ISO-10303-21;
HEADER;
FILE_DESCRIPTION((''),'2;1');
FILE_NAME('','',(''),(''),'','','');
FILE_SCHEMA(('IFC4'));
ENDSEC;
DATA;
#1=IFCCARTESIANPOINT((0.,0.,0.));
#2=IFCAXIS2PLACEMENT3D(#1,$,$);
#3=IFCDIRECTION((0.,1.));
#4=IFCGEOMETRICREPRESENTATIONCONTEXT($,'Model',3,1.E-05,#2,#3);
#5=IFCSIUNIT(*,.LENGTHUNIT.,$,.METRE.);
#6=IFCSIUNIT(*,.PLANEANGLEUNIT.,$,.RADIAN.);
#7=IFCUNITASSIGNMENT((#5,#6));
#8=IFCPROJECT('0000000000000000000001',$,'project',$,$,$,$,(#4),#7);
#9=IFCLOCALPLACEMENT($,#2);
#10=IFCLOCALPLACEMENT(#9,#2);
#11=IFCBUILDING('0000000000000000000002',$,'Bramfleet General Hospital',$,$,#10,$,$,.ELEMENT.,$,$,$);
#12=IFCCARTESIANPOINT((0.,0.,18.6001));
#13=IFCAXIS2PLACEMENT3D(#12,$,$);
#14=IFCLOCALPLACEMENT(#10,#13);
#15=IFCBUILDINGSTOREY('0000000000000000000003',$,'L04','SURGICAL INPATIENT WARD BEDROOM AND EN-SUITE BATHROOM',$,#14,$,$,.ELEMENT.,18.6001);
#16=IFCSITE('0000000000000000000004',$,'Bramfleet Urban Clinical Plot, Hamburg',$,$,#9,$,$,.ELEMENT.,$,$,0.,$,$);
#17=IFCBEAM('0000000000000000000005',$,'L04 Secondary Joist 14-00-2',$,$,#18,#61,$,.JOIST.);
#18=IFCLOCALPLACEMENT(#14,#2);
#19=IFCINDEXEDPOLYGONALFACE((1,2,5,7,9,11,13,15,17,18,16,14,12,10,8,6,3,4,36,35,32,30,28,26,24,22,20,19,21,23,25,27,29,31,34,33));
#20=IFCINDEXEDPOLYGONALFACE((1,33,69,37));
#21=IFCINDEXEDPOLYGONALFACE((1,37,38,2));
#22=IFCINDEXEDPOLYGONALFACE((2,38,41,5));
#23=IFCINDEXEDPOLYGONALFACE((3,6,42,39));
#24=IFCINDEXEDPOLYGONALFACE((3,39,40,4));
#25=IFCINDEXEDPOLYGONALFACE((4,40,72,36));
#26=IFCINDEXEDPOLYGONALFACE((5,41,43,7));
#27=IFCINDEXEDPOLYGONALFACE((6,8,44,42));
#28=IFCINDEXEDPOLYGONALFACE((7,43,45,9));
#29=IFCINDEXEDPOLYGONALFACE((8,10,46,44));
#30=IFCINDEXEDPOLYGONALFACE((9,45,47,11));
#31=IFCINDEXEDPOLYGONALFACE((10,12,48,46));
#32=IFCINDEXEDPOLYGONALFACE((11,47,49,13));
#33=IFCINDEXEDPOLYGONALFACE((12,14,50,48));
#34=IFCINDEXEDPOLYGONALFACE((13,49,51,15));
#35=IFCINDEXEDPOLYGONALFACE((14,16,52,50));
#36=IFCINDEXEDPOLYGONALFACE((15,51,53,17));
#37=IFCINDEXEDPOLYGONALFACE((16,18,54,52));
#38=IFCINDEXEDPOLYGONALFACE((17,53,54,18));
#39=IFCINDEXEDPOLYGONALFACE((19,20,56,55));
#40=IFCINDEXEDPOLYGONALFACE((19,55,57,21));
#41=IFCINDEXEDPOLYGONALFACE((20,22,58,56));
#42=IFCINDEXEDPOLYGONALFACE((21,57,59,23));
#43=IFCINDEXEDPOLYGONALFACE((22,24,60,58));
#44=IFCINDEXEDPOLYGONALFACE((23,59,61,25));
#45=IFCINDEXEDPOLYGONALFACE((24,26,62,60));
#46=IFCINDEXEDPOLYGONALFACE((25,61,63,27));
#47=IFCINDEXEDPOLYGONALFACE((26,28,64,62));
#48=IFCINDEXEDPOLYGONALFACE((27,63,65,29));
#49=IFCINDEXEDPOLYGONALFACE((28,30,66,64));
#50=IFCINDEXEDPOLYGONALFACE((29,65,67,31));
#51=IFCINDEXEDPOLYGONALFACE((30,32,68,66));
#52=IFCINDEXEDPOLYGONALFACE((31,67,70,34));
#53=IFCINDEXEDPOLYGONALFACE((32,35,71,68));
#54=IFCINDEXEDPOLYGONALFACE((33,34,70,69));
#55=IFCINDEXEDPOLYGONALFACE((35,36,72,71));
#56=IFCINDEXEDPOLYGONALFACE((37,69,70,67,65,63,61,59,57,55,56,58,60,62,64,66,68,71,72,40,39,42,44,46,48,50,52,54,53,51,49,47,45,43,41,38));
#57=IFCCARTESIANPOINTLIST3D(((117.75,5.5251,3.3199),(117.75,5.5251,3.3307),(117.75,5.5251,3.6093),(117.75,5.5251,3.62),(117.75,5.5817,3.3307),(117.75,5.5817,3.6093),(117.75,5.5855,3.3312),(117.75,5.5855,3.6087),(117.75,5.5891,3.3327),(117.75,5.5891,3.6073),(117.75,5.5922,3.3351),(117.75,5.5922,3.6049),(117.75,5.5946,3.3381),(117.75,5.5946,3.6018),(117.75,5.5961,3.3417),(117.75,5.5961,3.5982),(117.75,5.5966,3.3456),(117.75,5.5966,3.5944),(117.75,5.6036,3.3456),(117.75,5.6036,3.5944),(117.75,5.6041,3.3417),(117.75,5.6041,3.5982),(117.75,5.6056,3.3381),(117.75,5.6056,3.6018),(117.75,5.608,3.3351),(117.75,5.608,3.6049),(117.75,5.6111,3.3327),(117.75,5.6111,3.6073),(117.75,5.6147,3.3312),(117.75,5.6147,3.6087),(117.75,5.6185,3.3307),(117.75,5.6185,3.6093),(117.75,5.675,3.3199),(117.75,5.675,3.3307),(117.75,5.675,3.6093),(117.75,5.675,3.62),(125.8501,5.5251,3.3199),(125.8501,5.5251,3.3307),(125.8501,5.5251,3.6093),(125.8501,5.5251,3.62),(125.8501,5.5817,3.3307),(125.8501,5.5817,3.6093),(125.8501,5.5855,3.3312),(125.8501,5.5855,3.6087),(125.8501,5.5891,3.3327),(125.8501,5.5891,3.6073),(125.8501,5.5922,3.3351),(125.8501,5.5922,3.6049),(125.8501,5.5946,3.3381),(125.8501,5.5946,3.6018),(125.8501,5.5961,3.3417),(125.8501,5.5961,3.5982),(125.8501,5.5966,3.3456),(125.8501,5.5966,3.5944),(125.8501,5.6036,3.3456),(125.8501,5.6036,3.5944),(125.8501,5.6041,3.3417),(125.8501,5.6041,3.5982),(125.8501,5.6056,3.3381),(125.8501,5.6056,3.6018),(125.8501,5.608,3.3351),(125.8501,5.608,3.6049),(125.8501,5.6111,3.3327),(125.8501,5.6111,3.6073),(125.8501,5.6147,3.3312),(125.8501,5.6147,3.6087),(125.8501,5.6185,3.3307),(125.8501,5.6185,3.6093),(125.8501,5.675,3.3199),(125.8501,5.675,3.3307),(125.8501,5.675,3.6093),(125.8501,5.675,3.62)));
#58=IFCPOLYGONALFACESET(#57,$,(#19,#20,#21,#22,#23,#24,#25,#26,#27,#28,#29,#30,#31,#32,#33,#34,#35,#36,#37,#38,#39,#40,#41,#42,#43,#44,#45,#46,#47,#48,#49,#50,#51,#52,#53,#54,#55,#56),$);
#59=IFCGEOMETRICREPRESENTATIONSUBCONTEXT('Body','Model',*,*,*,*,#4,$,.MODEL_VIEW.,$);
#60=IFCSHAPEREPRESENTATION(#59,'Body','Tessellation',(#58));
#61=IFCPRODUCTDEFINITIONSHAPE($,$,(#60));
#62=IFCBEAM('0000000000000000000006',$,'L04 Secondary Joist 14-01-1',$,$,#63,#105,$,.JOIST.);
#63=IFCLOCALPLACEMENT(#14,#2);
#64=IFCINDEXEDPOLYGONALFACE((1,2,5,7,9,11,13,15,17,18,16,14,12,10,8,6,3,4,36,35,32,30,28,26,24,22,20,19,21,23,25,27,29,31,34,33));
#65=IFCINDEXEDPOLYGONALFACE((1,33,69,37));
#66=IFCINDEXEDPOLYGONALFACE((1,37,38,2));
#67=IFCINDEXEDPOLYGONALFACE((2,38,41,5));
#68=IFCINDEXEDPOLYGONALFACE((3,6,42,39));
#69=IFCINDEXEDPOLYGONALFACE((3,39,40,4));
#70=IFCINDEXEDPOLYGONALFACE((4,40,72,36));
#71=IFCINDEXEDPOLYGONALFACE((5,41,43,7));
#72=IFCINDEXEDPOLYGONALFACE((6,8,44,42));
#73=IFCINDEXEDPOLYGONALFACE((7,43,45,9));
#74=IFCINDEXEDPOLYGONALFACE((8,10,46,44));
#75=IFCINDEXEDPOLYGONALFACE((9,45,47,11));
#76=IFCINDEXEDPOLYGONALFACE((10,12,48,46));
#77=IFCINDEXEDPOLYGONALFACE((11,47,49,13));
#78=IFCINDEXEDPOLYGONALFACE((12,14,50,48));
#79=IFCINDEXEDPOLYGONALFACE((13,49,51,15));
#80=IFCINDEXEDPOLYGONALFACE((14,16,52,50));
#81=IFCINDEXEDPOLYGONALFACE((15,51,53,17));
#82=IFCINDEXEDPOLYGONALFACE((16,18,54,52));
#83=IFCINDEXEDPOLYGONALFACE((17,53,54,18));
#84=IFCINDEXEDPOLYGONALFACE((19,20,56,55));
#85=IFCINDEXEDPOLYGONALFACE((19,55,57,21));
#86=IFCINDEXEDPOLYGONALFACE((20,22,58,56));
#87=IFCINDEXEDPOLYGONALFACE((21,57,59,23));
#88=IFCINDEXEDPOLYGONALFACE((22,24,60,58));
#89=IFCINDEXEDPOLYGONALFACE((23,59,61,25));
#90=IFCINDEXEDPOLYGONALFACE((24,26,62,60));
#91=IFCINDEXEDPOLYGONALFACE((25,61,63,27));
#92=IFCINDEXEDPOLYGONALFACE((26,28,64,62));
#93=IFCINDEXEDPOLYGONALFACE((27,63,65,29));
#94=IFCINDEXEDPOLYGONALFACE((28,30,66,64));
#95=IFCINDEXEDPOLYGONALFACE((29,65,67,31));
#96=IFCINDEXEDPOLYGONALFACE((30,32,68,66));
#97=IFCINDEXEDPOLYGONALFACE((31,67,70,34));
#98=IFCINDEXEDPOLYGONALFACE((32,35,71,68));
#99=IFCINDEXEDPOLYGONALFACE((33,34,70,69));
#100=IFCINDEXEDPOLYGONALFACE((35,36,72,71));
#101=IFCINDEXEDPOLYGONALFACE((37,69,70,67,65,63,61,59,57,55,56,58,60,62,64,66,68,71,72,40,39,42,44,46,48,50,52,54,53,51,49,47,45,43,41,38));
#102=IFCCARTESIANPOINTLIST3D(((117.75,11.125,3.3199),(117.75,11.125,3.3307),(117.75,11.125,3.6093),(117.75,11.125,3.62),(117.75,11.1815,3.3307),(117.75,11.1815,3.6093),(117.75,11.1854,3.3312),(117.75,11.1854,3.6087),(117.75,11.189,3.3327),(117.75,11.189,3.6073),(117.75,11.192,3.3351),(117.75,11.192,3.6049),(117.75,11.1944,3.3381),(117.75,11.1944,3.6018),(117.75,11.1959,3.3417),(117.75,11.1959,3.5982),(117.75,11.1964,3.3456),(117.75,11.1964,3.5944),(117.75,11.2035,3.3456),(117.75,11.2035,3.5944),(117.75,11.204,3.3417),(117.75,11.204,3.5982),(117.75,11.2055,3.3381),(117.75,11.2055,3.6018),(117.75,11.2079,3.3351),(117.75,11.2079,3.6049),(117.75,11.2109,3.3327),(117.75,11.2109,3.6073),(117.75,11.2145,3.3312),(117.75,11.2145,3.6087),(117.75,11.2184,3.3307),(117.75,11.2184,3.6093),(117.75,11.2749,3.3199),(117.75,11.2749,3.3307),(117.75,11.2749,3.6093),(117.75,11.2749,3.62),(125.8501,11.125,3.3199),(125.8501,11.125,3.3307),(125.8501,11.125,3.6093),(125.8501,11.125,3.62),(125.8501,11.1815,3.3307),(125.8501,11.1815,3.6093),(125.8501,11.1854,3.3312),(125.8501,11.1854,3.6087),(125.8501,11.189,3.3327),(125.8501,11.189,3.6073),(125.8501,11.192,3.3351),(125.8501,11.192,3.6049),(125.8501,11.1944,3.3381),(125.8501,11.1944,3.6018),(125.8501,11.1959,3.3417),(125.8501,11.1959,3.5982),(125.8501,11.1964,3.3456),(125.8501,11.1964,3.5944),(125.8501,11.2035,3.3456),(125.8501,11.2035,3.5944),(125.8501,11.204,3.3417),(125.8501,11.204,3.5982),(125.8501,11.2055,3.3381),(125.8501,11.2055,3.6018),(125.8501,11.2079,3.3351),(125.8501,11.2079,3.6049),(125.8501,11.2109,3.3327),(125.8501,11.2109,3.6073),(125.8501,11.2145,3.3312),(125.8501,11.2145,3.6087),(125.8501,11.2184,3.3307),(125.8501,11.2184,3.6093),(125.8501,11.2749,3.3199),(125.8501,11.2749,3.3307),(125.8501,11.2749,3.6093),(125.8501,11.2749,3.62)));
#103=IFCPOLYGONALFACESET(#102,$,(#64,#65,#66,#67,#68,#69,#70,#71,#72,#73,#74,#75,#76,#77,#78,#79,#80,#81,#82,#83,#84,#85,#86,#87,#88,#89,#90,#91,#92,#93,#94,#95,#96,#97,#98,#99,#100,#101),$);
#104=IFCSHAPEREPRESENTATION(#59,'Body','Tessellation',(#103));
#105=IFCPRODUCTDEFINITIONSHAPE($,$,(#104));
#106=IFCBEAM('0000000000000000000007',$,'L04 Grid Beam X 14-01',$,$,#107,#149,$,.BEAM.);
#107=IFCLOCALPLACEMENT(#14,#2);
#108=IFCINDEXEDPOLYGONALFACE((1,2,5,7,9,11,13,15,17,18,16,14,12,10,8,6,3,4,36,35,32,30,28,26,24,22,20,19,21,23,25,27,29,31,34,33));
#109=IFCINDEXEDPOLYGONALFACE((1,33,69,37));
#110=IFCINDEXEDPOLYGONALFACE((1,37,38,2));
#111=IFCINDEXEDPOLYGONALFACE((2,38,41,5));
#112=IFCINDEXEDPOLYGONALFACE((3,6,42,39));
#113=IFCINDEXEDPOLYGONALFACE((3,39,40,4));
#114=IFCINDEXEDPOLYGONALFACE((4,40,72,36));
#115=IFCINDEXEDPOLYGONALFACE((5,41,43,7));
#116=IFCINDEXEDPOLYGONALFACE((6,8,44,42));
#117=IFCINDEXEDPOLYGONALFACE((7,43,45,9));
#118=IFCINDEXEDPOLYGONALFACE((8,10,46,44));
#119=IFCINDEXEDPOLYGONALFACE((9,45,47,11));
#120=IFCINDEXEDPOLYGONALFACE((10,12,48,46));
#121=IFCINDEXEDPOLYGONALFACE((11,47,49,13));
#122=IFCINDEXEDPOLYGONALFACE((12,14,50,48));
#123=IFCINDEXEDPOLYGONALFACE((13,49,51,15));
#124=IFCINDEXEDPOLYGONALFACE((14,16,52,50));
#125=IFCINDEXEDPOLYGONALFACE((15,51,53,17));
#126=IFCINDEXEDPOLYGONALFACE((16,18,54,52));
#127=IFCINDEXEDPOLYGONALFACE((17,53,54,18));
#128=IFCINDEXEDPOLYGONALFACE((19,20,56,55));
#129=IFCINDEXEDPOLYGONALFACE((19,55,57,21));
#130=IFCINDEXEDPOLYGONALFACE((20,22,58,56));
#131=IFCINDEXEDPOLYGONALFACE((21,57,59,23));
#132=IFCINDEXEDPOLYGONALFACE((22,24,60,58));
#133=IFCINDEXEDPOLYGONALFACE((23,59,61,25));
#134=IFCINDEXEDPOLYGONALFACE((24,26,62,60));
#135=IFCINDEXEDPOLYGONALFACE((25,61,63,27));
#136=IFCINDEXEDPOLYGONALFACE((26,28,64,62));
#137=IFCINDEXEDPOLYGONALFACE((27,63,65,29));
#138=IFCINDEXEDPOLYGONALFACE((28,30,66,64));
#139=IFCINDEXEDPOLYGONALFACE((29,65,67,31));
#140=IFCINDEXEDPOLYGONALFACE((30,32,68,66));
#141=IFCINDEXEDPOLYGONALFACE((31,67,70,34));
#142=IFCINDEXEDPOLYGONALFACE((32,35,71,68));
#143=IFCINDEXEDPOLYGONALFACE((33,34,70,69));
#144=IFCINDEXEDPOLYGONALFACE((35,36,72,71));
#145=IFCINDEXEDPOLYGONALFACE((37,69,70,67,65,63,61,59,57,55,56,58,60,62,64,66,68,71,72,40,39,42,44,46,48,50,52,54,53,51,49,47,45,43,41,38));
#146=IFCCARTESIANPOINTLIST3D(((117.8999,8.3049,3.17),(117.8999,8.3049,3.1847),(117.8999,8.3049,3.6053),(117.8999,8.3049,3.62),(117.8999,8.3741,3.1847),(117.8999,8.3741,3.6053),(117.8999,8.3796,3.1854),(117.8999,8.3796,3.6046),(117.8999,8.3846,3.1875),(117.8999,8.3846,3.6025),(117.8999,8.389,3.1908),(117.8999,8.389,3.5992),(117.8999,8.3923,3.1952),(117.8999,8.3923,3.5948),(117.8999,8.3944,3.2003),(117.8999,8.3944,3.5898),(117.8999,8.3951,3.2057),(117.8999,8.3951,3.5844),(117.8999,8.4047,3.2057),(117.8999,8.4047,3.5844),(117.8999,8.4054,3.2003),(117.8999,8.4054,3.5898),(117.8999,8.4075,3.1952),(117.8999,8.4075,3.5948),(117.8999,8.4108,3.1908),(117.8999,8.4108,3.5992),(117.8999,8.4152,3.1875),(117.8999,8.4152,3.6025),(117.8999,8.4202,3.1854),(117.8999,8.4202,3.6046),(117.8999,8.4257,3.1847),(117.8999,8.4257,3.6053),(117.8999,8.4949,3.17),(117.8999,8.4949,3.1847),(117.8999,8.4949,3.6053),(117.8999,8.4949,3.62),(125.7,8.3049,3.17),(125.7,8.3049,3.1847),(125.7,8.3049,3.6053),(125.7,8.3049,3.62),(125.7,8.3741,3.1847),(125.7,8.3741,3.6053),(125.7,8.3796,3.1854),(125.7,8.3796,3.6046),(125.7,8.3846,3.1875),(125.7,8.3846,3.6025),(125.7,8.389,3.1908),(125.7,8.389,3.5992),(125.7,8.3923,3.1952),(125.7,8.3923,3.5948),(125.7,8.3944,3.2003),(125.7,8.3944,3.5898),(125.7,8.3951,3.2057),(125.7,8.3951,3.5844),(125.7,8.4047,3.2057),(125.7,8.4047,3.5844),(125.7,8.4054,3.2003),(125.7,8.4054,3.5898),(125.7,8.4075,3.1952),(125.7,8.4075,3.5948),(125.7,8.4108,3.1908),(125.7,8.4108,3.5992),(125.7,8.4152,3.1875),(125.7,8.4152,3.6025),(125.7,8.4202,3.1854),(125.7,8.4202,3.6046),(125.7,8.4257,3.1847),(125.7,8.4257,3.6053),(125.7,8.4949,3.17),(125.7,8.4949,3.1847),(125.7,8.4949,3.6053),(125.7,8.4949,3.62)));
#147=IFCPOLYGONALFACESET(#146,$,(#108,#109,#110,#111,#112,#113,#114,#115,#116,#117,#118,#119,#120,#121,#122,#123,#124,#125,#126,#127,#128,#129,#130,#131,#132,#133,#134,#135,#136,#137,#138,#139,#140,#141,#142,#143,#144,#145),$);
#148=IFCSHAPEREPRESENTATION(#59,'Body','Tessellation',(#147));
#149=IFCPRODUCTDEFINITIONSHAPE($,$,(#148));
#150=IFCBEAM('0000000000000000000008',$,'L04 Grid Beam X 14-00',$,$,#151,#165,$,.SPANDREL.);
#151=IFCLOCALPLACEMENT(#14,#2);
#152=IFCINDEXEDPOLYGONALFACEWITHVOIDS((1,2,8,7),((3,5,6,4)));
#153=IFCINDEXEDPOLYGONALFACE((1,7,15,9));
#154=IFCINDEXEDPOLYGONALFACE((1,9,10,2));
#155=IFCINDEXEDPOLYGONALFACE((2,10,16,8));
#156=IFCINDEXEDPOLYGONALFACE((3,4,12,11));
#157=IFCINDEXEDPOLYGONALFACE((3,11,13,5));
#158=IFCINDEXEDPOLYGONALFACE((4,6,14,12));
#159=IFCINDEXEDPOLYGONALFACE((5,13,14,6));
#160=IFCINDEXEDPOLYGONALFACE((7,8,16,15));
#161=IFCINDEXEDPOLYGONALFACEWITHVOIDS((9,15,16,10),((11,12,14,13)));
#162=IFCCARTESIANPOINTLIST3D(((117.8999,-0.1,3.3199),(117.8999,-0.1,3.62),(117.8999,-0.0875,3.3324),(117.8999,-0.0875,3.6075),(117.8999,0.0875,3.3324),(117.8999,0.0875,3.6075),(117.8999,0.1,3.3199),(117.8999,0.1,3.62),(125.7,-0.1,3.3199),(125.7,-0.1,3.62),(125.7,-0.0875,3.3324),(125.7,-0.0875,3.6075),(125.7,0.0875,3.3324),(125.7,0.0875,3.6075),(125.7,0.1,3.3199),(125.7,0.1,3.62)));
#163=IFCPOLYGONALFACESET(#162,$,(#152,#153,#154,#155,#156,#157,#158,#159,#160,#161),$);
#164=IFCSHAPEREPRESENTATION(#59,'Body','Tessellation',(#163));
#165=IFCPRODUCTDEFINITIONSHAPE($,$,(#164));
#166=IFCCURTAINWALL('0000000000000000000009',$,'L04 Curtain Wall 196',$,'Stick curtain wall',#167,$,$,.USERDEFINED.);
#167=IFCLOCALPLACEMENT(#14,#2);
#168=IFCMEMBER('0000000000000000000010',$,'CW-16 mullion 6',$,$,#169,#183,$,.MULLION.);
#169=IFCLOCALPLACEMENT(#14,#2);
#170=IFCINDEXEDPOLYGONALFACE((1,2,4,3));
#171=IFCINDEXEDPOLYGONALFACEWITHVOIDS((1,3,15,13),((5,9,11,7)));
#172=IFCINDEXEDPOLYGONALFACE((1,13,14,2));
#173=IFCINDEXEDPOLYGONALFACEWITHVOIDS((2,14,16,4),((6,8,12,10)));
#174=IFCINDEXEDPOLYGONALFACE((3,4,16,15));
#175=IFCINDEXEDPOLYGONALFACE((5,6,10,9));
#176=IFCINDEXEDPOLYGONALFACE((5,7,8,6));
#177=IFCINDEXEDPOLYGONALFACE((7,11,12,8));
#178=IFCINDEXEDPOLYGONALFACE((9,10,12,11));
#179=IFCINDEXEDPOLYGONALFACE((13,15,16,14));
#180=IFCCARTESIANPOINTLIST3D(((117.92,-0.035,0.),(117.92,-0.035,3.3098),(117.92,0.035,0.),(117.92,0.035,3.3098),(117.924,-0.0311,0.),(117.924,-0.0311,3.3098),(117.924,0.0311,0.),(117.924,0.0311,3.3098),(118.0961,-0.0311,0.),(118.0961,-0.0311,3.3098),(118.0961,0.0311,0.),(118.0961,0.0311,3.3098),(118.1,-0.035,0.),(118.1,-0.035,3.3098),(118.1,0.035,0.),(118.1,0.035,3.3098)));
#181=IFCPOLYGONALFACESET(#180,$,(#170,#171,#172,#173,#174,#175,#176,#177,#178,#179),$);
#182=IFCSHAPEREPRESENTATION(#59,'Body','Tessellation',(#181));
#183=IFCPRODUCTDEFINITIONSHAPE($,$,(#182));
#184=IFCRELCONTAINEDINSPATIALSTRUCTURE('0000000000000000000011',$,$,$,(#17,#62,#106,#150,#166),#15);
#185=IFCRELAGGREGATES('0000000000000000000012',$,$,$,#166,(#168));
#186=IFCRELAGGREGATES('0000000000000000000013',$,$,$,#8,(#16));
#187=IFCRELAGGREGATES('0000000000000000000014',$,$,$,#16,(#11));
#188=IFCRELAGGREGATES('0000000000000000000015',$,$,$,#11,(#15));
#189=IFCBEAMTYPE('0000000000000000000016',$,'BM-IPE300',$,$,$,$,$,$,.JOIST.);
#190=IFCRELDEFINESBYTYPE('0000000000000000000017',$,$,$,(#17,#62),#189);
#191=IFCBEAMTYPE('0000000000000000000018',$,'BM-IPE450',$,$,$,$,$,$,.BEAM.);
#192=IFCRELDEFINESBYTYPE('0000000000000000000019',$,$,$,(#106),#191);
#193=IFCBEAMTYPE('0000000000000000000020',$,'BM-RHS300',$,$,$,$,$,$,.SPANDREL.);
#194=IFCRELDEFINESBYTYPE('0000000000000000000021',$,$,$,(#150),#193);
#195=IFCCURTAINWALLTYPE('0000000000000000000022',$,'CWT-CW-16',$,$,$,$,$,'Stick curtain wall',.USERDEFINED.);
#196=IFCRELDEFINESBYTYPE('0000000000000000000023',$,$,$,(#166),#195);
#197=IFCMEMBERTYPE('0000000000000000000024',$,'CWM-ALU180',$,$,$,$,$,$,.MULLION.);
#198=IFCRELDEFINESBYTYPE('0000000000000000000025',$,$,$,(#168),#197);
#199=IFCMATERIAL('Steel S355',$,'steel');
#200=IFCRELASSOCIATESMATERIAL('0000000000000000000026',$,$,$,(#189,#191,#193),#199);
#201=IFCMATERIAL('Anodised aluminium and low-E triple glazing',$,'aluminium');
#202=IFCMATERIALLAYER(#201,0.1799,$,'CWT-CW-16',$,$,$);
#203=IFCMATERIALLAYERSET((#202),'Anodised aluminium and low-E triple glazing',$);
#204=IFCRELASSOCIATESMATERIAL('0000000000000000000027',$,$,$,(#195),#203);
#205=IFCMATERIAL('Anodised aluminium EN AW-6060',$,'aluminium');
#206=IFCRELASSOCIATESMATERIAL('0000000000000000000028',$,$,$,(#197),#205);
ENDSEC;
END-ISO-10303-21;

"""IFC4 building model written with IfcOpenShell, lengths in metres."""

from ifc_helpers import new_model, si_unit, direction, frame, origin, origin_2d, place, context, subcontext, project, spatial, hollow_rectangle, i_section, extrude, material, layer, layer_set, material_profile, profile_set, type_object, element, aggregate, save


model = new_model("IFC4")

# Units and contexts
model_context = context("Model", 3, precision=1e-05, world=origin(), true_north=direction((0.0, 1.0)))
body_context = subcontext(model_context, "Body", "Model", "MODEL_VIEW")
ifc_project = project(units=[si_unit("LENGTHUNIT", "METRE"), si_unit("PLANEANGLEUNIT", "RADIAN")], contexts=[model_context])

# Site, building, storey
site_placement = place(None, origin())
site = spatial("IfcSite", under=ifc_project, at=site_placement, Name="Bramfleet Urban Clinical Plot, Hamburg", CompositionType="ELEMENT", RefElevation=0.0)
building_placement = place(site_placement, origin())
building = spatial("IfcBuilding", under=site, at=building_placement, Name="Bramfleet General Hospital", CompositionType="ELEMENT")
storey_placement = place(building_placement, frame((0.0, 0.0, 18.6001)))
storey = spatial("IfcBuildingStorey", under=building, at=storey_placement, Name="L04", Description="SURGICAL INPATIENT WARD BEDROOM AND EN-SUITE BATHROOM", CompositionType="ELEMENT", Elevation=18.6001)

# Beams
ifc_material_1 = material(Name="Steel S355", Category="steel")
ifc_material_profile_1 = material_profile(ifc_material_1, i_section(OverallWidth=0.1499, OverallDepth=0.3, WebThickness=0.0071, FlangeThickness=0.0107, FilletRadius=0.0149, at=origin_2d()), Name="IPE 300")
ifc_profile_set_1 = profile_set([ifc_material_profile_1], Name="Steel S355")
beam_type_1 = type_object("IfcBeamType", Name="BM-IPE300", PredefinedType="JOIST", material=ifc_profile_set_1)
for number, where, z_axis, x_axis, name in (
    (1, (117.75, 5.6001, 3.47), (1.0, 0.0, 0.0), (0.0, 1.0, 0.0), "L04 Secondary Joist 14-00-2"),
    (2, (117.75, 11.2, 3.47), (1.0, 0.0, 0.0), (0.0, 1.0, 0.0), "L04 Secondary Joist 14-01-1"),
):
    element("IfcBeam", number, at=place(storey_placement, frame(where, z_axis=z_axis, x_axis=x_axis)), inside=storey, type_object=beam_type_1, Name=name, PredefinedType="JOIST", context=body_context, shape_type="SweptSolid", body=[
        extrude(i_section(OverallWidth=0.1499, OverallDepth=0.3, WebThickness=0.0071, FlangeThickness=0.0107, FilletRadius=0.0149, at=origin_2d()), origin(), (0.0, 0.0, 1.0), 8.1001),
    ])
ifc_material_profile_2 = material_profile(ifc_material_1, i_section(OverallWidth=0.1899, OverallDepth=0.45, WebThickness=0.0095, FlangeThickness=0.0146, FilletRadius=0.021, at=origin_2d()), Name="IPE 450")
ifc_profile_set_2 = profile_set([ifc_material_profile_2], Name="Steel S355")
beam_type_2 = type_object("IfcBeamType", Name="BM-IPE450", PredefinedType="BEAM", material=ifc_profile_set_2)
beam_1_placement = place(storey_placement, frame((117.8999, 8.3999, 3.395), z_axis=(1.0, 0.0, 0.0), x_axis=(0.0, 1.0, 0.0)))
element("IfcBeam", 3, at=beam_1_placement, inside=storey, type_object=beam_type_2, Name="L04 Grid Beam X 14-01", PredefinedType="BEAM", context=body_context, shape_type="SweptSolid", body=[
    extrude(i_section(OverallWidth=0.1899, OverallDepth=0.45, WebThickness=0.0095, FlangeThickness=0.0146, FilletRadius=0.021, at=origin_2d()), origin(), (0.0, 0.0, 1.0), 7.8),
])
ifc_material_profile_3 = material_profile(ifc_material_1, hollow_rectangle(XDim=0.2, YDim=0.3, WallThickness=0.0125, at=origin_2d()), Name="RHS 300x200x12.5")
ifc_profile_set_3 = profile_set([ifc_material_profile_3], Name="Steel S355")
beam_type_3 = type_object("IfcBeamType", Name="BM-RHS300", PredefinedType="SPANDREL", material=ifc_profile_set_3)
beam_2_placement = place(storey_placement, frame((117.8999, 0.0, 3.47), z_axis=(1.0, 0.0, 0.0), x_axis=(0.0, 1.0, 0.0)))
element("IfcBeam", 4, at=beam_2_placement, inside=storey, type_object=beam_type_3, Name="L04 Grid Beam X 14-00", PredefinedType="SPANDREL", context=body_context, shape_type="SweptSolid", body=[
    extrude(hollow_rectangle(XDim=0.2, YDim=0.3, WallThickness=0.0125, at=origin_2d()), origin(), (0.0, 0.0, 1.0), 7.8),
])

# Curtain wall, member
ifc_material_2 = material(Name="Anodised aluminium and low-E triple glazing", Category="aluminium")
ifc_layer_1 = layer(ifc_material_2, 0.1799, Name="CWT-CW-16")
ifc_layer_set_1 = layer_set([ifc_layer_1], Name="Anodised aluminium and low-E triple glazing")
curtain_wall_type = type_object("IfcCurtainWallType", Name="CWT-CW-16", ElementType="Stick curtain wall", PredefinedType="USERDEFINED", material=ifc_layer_set_1)
curtain_wall_placement = place(storey_placement, origin())
curtain_wall = element("IfcCurtainWall", 5, at=curtain_wall_placement, inside=storey, type_object=curtain_wall_type, Name="L04 Curtain Wall 196", ObjectType="Stick curtain wall", PredefinedType="USERDEFINED")
ifc_material_3 = material(Name="Anodised aluminium EN AW-6060", Category="aluminium")
ifc_material_profile_4 = material_profile(ifc_material_3, hollow_rectangle(XDim=0.0701, YDim=0.1799, WallThickness=0.0039, at=origin_2d()), Name="ALU 180x70x4.0")
ifc_profile_set_4 = profile_set([ifc_material_profile_4], Name="Anodised aluminium EN AW-6060")
member_type_1 = type_object("IfcMemberType", Name="CWM-ALU180", PredefinedType="MULLION", material=ifc_profile_set_4)
member_1_placement = place(storey_placement, frame((118.01, 0.0, 0.0), z_axis=(0.0, 0.0, 1.0), x_axis=(0.0, -1.0, 0.0)))
member_1 = element("IfcMember", 6, at=member_1_placement, type_object=member_type_1, Name="CW-16 mullion 6", PredefinedType="MULLION", context=body_context, shape_type="SweptSolid", body=[
    extrude(hollow_rectangle(XDim=0.0701, YDim=0.1799, WallThickness=0.0039, at=origin_2d()), origin(), (0.0, 0.0, 1.0), 3.3098),
])
aggregate(curtain_wall, [member_1])

save(model, "model.ifc")
